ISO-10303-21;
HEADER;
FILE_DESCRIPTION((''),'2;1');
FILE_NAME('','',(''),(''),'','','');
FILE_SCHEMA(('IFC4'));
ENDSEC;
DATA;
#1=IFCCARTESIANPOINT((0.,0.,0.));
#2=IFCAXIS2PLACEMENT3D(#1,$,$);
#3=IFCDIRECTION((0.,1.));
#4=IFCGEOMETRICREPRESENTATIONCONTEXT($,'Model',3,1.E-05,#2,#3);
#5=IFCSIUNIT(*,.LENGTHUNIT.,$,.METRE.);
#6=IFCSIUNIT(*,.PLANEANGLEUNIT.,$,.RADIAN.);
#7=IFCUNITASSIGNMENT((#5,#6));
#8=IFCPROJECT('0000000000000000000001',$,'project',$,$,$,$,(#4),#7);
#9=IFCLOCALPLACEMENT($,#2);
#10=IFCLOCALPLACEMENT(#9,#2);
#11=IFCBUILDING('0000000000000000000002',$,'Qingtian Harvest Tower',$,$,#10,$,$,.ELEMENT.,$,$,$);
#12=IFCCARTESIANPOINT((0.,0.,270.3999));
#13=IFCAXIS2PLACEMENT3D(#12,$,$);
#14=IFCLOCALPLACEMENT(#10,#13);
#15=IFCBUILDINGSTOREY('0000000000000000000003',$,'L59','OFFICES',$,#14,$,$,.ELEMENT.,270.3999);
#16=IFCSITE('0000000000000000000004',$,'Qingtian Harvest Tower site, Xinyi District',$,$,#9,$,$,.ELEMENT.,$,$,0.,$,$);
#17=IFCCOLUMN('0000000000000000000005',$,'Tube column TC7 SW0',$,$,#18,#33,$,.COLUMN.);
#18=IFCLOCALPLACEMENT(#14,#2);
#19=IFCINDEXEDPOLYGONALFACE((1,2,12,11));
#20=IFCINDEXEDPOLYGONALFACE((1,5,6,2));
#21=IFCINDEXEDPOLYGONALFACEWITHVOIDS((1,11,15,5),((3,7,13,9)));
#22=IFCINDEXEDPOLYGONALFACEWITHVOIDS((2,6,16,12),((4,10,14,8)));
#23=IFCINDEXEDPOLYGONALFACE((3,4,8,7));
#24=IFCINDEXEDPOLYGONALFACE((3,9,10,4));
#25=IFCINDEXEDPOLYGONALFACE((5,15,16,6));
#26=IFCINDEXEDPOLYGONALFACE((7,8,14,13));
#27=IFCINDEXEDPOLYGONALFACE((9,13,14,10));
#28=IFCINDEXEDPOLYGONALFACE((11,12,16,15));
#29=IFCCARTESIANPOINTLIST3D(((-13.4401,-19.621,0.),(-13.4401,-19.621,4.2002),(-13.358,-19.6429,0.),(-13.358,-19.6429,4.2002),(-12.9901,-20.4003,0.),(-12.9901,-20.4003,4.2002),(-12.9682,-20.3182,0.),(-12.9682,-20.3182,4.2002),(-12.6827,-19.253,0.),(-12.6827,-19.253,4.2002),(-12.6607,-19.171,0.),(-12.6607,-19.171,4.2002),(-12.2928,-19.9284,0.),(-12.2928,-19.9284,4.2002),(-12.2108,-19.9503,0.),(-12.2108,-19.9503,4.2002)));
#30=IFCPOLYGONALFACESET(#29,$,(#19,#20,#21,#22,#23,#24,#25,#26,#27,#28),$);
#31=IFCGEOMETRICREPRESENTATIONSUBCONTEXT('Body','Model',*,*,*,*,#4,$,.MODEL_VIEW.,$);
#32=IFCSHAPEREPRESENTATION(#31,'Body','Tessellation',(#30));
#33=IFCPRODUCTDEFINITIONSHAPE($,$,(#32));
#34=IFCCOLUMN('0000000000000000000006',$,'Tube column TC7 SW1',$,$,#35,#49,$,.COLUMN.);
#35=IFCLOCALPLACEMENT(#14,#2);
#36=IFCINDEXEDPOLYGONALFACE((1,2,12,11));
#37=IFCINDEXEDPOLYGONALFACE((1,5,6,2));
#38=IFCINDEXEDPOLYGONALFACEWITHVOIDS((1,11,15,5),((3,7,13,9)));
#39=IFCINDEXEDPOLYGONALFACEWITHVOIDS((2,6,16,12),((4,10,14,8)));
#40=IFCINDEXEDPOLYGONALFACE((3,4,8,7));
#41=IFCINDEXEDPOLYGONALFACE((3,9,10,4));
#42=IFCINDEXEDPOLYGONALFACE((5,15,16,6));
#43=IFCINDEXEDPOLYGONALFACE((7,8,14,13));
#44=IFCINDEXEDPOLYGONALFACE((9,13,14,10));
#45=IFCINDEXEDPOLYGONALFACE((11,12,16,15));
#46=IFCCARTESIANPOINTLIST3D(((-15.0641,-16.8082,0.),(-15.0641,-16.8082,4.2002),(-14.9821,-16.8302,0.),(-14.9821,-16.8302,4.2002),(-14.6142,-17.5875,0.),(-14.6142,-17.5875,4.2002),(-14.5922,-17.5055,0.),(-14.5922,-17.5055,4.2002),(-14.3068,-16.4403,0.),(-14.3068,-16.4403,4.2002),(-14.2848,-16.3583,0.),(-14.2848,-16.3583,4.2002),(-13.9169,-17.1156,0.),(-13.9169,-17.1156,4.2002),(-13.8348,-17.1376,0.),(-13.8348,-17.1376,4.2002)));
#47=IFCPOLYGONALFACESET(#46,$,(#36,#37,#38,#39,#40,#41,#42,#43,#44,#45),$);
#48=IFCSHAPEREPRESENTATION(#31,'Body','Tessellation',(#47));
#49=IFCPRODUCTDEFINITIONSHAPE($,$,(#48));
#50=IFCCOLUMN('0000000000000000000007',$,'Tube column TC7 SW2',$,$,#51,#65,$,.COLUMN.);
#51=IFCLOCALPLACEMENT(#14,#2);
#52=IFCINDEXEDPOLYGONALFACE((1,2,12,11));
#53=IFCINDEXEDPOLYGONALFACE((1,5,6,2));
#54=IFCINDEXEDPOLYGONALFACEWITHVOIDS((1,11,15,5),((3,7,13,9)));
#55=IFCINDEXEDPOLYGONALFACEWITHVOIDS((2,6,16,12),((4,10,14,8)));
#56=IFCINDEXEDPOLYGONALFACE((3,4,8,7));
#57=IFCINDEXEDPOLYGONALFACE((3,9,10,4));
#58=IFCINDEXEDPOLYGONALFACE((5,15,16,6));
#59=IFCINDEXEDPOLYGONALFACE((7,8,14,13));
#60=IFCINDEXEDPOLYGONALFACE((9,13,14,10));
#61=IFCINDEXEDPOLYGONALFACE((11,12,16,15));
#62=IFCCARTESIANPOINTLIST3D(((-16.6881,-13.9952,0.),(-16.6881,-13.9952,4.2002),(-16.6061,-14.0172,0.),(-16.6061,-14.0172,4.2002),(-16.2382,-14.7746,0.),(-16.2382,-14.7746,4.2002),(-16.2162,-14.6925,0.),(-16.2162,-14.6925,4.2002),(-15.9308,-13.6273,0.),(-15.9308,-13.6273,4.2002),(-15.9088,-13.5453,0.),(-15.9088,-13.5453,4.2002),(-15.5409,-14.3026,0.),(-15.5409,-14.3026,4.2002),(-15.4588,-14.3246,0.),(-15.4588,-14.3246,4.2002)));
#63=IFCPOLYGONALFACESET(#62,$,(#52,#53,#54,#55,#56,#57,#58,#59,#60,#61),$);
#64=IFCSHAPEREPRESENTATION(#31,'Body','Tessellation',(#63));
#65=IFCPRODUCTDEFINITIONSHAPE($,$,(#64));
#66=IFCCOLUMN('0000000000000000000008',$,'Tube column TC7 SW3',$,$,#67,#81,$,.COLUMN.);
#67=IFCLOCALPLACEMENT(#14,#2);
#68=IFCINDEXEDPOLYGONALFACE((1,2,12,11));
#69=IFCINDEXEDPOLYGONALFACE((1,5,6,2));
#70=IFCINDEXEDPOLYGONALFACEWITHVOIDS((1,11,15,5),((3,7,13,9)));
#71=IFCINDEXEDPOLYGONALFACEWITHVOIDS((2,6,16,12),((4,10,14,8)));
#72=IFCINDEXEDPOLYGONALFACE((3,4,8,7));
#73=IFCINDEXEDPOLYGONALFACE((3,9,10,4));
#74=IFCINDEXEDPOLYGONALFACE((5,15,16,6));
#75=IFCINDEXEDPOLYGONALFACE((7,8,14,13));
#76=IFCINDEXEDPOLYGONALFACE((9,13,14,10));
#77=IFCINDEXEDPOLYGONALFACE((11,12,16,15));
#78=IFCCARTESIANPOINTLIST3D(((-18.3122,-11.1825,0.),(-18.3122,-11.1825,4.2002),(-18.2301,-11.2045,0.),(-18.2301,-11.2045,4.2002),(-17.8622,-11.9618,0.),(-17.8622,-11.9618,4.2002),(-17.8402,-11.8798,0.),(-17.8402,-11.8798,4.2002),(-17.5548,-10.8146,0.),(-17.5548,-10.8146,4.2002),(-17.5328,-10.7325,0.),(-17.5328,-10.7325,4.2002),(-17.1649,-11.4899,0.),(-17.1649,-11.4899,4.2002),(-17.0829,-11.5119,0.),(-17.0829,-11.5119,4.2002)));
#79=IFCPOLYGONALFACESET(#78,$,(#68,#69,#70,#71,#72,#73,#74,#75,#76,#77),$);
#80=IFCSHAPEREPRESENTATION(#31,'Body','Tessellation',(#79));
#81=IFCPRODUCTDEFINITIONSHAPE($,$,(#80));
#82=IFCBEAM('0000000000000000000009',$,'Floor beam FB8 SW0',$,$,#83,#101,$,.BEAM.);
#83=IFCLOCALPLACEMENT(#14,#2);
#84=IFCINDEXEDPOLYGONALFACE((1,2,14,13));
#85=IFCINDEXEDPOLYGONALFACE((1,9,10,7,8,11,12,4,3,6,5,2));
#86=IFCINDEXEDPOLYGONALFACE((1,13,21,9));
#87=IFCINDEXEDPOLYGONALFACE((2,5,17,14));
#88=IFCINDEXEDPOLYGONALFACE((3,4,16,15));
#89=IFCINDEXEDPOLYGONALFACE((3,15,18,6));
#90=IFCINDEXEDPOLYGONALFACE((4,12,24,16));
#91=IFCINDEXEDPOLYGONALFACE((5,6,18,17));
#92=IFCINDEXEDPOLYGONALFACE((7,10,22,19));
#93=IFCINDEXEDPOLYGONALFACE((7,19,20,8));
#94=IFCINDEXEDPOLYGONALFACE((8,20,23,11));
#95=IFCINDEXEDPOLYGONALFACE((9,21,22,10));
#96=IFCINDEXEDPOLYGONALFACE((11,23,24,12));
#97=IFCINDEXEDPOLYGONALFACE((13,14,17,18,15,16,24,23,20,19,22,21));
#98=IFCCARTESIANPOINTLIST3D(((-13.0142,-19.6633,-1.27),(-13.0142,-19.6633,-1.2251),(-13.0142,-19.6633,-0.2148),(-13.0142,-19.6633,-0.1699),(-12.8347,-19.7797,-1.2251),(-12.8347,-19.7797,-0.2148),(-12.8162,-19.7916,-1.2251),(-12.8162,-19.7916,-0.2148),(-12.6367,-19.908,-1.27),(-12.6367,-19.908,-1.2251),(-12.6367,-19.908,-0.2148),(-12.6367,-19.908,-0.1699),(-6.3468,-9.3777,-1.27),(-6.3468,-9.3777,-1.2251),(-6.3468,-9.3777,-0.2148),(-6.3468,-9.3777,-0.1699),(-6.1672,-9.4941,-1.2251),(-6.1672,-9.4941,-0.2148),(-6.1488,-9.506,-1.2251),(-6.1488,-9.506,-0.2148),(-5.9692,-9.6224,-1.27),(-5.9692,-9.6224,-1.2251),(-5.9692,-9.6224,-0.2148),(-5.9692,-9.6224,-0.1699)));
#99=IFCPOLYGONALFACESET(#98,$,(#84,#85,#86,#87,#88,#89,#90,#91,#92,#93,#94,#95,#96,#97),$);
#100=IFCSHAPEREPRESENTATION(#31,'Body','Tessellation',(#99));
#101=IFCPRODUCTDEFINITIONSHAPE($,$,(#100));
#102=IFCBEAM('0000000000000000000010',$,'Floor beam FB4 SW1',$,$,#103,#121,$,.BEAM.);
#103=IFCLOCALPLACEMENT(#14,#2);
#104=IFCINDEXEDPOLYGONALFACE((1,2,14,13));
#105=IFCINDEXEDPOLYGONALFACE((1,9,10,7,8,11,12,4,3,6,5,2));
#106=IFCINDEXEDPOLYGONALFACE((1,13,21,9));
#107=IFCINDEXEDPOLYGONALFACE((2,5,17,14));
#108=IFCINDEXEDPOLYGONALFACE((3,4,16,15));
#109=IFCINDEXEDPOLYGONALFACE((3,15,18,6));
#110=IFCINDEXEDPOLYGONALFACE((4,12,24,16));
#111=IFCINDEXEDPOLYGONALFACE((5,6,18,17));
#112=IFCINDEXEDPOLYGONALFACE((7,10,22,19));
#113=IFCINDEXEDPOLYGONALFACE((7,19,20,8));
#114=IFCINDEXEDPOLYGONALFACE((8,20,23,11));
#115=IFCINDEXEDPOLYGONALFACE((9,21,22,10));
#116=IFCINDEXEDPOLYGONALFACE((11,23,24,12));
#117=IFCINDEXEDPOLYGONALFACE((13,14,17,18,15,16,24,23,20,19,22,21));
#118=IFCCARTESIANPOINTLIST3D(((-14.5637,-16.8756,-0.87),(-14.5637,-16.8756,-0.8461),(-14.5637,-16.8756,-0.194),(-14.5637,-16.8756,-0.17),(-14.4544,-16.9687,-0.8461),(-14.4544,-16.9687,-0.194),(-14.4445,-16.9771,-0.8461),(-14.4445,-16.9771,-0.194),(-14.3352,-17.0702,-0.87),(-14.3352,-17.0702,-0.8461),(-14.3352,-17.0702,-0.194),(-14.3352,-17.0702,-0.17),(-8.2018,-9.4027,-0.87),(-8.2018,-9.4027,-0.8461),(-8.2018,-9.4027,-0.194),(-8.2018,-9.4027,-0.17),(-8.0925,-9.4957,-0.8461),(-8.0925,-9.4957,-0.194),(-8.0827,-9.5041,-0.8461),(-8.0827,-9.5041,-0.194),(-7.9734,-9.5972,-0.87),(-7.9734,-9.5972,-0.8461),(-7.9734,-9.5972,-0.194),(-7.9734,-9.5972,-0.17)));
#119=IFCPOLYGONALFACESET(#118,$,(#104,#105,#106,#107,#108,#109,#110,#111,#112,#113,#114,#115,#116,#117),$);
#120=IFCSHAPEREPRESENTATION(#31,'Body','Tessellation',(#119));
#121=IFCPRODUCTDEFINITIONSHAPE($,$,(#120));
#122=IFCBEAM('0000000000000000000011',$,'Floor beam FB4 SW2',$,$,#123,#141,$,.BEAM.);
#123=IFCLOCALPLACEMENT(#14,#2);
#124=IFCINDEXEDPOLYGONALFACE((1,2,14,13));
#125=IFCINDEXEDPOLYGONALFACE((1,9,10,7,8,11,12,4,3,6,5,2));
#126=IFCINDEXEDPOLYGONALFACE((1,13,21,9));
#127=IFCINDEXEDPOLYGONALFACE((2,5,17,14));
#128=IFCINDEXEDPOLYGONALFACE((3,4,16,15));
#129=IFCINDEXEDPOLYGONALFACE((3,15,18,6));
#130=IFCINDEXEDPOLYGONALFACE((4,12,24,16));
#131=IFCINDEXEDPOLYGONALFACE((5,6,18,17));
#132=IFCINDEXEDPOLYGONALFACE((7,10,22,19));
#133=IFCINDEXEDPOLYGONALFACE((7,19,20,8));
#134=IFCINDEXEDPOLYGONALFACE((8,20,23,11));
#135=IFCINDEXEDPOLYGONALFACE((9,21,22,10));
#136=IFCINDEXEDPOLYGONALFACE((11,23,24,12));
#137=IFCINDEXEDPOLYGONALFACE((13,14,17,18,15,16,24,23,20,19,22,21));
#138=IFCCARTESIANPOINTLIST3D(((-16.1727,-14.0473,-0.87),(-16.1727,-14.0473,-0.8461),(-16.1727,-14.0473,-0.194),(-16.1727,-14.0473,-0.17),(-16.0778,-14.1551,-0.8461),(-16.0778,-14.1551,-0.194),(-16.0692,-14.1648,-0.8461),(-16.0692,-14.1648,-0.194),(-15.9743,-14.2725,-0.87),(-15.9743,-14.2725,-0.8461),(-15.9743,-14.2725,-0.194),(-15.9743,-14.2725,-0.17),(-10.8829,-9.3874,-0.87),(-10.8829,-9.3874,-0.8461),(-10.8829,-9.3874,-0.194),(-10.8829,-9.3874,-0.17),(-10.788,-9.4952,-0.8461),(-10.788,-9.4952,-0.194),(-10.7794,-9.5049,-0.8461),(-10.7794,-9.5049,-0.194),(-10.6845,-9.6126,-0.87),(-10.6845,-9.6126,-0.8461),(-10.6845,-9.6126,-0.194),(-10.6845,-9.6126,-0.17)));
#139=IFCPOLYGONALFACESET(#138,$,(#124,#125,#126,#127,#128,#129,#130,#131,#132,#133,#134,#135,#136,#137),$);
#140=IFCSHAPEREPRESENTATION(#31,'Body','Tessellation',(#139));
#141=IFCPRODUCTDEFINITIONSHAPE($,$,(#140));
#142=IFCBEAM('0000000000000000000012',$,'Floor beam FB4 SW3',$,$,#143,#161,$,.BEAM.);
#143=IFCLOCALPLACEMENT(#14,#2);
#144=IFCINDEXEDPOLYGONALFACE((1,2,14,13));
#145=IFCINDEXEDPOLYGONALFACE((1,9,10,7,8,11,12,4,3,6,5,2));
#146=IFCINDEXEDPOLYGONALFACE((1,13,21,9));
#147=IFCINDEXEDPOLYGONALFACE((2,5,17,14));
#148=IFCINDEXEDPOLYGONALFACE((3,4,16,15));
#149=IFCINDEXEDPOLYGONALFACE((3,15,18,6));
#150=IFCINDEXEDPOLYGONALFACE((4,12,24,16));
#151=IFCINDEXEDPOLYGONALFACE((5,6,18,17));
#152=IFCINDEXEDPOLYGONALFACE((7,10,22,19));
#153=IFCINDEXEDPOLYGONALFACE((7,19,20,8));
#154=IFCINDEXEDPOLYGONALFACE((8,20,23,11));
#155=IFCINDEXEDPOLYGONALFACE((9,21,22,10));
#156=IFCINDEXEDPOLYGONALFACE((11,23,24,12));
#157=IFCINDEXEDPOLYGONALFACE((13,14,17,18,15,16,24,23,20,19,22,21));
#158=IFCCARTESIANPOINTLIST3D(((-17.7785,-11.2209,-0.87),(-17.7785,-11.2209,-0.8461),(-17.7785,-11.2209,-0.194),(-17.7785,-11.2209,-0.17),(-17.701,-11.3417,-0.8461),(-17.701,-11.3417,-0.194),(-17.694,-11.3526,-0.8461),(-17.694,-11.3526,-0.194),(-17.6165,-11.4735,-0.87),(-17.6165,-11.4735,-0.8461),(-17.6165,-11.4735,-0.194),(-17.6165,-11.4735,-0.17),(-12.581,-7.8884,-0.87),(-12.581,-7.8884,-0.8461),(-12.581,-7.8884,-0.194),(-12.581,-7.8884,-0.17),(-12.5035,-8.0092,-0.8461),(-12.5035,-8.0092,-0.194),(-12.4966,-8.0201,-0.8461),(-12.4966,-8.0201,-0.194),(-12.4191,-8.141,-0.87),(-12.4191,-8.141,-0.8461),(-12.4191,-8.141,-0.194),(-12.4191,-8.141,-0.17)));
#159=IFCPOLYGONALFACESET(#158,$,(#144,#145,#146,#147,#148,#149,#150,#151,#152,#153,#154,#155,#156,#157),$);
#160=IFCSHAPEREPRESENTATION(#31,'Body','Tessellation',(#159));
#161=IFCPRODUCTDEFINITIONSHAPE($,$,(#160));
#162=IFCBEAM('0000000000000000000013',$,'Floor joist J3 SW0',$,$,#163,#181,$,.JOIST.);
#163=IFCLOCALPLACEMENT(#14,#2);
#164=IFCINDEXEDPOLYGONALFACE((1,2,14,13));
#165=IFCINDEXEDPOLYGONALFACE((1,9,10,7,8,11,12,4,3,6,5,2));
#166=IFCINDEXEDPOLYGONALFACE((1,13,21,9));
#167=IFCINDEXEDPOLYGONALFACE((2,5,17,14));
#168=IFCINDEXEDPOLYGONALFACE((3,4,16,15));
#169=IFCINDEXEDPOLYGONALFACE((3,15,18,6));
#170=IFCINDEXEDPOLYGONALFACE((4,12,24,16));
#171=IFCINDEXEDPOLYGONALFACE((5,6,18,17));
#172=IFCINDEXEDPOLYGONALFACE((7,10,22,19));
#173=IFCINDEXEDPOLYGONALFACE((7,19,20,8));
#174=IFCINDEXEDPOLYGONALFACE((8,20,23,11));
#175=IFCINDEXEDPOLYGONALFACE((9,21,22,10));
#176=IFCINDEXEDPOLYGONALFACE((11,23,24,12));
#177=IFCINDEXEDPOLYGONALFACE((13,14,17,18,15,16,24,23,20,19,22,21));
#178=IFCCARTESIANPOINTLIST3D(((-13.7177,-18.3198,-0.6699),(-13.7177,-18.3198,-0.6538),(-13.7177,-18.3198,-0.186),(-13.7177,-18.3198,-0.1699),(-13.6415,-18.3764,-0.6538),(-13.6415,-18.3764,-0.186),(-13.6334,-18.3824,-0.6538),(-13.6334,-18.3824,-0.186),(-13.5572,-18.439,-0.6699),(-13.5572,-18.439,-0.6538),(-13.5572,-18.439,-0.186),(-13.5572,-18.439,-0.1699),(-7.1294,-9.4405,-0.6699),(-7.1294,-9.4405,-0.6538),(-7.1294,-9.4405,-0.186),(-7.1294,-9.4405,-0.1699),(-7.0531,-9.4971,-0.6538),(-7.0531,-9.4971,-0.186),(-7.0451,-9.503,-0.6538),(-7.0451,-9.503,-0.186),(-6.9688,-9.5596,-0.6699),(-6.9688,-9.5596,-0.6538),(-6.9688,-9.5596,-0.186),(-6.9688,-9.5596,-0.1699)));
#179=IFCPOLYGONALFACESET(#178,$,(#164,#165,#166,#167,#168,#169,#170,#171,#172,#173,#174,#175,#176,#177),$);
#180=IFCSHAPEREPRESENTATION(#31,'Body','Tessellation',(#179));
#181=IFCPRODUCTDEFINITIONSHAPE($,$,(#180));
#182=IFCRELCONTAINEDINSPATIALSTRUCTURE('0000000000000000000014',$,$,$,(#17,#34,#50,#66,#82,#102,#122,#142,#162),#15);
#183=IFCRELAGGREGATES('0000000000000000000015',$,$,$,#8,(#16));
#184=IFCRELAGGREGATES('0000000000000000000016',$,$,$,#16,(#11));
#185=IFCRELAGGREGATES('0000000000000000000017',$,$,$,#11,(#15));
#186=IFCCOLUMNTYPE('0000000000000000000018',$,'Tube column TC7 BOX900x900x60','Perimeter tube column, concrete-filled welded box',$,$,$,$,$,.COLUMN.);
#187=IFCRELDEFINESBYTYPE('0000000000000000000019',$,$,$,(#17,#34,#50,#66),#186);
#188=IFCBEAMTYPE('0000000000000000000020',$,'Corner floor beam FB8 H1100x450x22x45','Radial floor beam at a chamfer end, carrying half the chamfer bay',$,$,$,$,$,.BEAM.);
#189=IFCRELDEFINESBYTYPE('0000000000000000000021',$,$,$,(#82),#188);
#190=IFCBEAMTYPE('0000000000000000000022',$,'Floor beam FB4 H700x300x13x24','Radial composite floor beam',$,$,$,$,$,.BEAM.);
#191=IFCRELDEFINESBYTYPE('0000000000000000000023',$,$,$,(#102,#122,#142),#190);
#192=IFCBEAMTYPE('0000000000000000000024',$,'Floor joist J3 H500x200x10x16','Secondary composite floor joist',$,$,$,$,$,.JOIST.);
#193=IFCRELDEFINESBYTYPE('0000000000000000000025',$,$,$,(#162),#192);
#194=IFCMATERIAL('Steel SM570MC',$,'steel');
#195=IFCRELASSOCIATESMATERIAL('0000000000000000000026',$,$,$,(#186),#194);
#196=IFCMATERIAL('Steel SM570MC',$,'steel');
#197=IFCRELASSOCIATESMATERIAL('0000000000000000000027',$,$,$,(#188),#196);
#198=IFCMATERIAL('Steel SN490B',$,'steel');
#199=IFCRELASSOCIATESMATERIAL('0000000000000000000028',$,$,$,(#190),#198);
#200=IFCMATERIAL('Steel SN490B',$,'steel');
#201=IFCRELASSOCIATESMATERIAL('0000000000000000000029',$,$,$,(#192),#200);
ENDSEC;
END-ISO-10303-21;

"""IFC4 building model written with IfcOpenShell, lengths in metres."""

from ifc_helpers import new_model, si_unit, direction, frame, origin, origin_2d, place, context, subcontext, project, spatial, hollow_rectangle, i_section, extrude, material, material_profile, profile_set, type_object, element, save


model = new_model("IFC4")

# Units and contexts
model_context = context("Model", 3, precision=1e-05, world=origin(), true_north=direction((0.0, 1.0)))
body_context = subcontext(model_context, "Body", "Model", "MODEL_VIEW")
ifc_project = project(units=[si_unit("LENGTHUNIT", "METRE"), si_unit("PLANEANGLEUNIT", "RADIAN")], contexts=[model_context])

# Site, building, storey
site_placement = place(None, origin())
site = spatial("IfcSite", under=ifc_project, at=site_placement, Name="Qingtian Harvest Tower site, Xinyi District", CompositionType="ELEMENT", RefElevation=0.0)
building_placement = place(site_placement, origin())
building = spatial("IfcBuilding", under=site, at=building_placement, Name="Qingtian Harvest Tower", CompositionType="ELEMENT")
storey_placement = place(building_placement, frame((0.0, 0.0, 270.3999)))
storey = spatial("IfcBuildingStorey", under=building, at=storey_placement, Name="L59", Description="OFFICES", CompositionType="ELEMENT", Elevation=270.3999)

# Columns
ifc_material_1 = material(Name="Steel SM570MC", Category="steel")
ifc_material_profile_1 = material_profile(ifc_material_1, hollow_rectangle(XDim=0.8999, YDim=0.8999, WallThickness=0.0601, at=origin_2d()), Name="BOX900x900x60")
ifc_profile_set_1 = profile_set([ifc_material_profile_1], Name="Steel SM570MC")
column_type = type_object("IfcColumnType", Name="Tube column TC7 BOX900x900x60", Description="Perimeter tube column, concrete-filled welded box", PredefinedType="COLUMN", material=ifc_profile_set_1)
for number, where, z_axis, x_axis, name in (
    (1, (-12.8254, -19.7856, 0.0), (0.0, 0.0, 1.0), (0.5, -0.866025, 0.0), "Tube column TC7 SW0"),
    (2, (-14.4495, -16.9729, 0.0), (0.0, 0.0, 1.0), (0.5, -0.866025, 0.0), "Tube column TC7 SW1"),
    (3, (-16.0735, -14.1599, 0.0), (0.0, 0.0, 1.0), (0.5, -0.866025, 0.0), "Tube column TC7 SW2"),
    (4, (-17.6975, -11.3472, 0.0), (0.0, 0.0, 1.0), (0.5, -0.866025, 0.0), "Tube column TC7 SW3"),
):
    element("IfcColumn", number, at=place(storey_placement, frame(where, z_axis=z_axis, x_axis=x_axis)), inside=storey, type_object=column_type, Name=name, PredefinedType="COLUMN", context=body_context, shape_type="SweptSolid", body=[
        extrude(hollow_rectangle(XDim=0.8999, YDim=0.8999, WallThickness=0.0601, at=origin_2d()), origin(), (0.0, 0.0, 1.0), 4.2002),
    ])

# Beams
ifc_material_2 = material(Name="Steel SM570MC", Category="steel")
ifc_material_profile_2 = material_profile(ifc_material_2, i_section(OverallWidth=0.45, OverallDepth=1.1001, WebThickness=0.022, FlangeThickness=0.0449, at=origin_2d()), Name="H1100x450x22x45")
ifc_profile_set_2 = profile_set([ifc_material_profile_2], Name="Steel SM570MC")
beam_type_1 = type_object("IfcBeamType", Name="Corner floor beam FB8 H1100x450x22x45", Description="Radial floor beam at a chamfer end, carrying half the chamfer bay", PredefinedType="BEAM", material=ifc_profile_set_2)
beam_1_placement = place(storey_placement, frame((-12.8254, -19.7856, -0.72), z_axis=(0.543945, 0.839121, 0.0), x_axis=(-0.839121, 0.543945, 0.0)))
element("IfcBeam", 5, at=beam_1_placement, inside=storey, type_object=beam_type_1, Name="Floor beam FB8 SW0", PredefinedType="BEAM", context=body_context, shape_type="SweptSolid", body=[
    extrude(i_section(OverallWidth=0.45, OverallDepth=1.1001, WebThickness=0.022, FlangeThickness=0.0449, at=origin_2d()), origin(), (0.0, 0.0, 1.0), 12.2576),
])
ifc_material_3 = material(Name="Steel SN490B", Category="steel")
ifc_material_profile_3 = material_profile(ifc_material_3, i_section(OverallWidth=0.3, OverallDepth=0.7, WebThickness=0.0129, FlangeThickness=0.0239, at=origin_2d()), Name="H700x300x13x24")
ifc_profile_set_3 = profile_set([ifc_material_profile_3], Name="Steel SN490B")
beam_type_2 = type_object("IfcBeamType", Name="Floor beam FB4 H700x300x13x24", Description="Radial composite floor beam", PredefinedType="BEAM", material=ifc_profile_set_3)
beam_2_placement = place(storey_placement, frame((-14.4495, -16.9729, -0.52), z_axis=(0.648231, 0.761444, 0.0), x_axis=(-0.761444, 0.648231, 0.0)))
element("IfcBeam", 6, at=beam_2_placement, inside=storey, type_object=beam_type_2, Name="Floor beam FB4 SW1", PredefinedType="BEAM", context=body_context, shape_type="SweptSolid", body=[
    extrude(i_section(OverallWidth=0.3, OverallDepth=0.7, WebThickness=0.0129, FlangeThickness=0.0239, at=origin_2d()), origin(), (0.0, 0.0, 1.0), 9.8142),
])
beam_3_placement = place(storey_placement, frame((-16.0735, -14.1599, -0.52), z_axis=(0.750369, 0.661019, 0.0), x_axis=(-0.661019, 0.750369, 0.0)))
element("IfcBeam", 7, at=beam_3_placement, inside=storey, type_object=beam_type_2, Name="Floor beam FB4 SW2", PredefinedType="BEAM", context=body_context, shape_type="SweptSolid", body=[
    extrude(i_section(OverallWidth=0.3, OverallDepth=0.7, WebThickness=0.0129, FlangeThickness=0.0239, at=origin_2d()), origin(), (0.0, 0.0, 1.0), 7.0496),
])
beam_4_placement = place(storey_placement, frame((-17.6975, -11.3472, -0.52), z_axis=(0.841822, 0.539756, 0.0), x_axis=(-0.539756, 0.841822, 0.0)))
element("IfcBeam", 8, at=beam_4_placement, inside=storey, type_object=beam_type_2, Name="Floor beam FB4 SW3", PredefinedType="BEAM", context=body_context, shape_type="SweptSolid", body=[
    extrude(i_section(OverallWidth=0.3, OverallDepth=0.7, WebThickness=0.0129, FlangeThickness=0.0239, at=origin_2d()), origin(), (0.0, 0.0, 1.0), 6.1741),
])
ifc_material_4 = material(Name="Steel SN490B", Category="steel")
ifc_material_profile_4 = material_profile(ifc_material_4, i_section(OverallWidth=0.2, OverallDepth=0.5, WebThickness=0.01, FlangeThickness=0.0161, at=origin_2d()), Name="H500x200x10x16")
ifc_profile_set_4 = profile_set([ifc_material_profile_4], Name="Steel SN490B")
beam_type_3 = type_object("IfcBeamType", Name="Floor joist J3 H500x200x10x16", Description="Secondary composite floor joist", PredefinedType="JOIST", material=ifc_profile_set_4)
beam_5_placement = place(storey_placement, frame((-13.6375, -18.3794, -0.4199), z_axis=(0.595873, 0.803079, 0.0), x_axis=(-0.803079, 0.595873, 0.0)))
element("IfcBeam", 9, at=beam_5_placement, inside=storey, type_object=beam_type_3, Name="Floor joist J3 SW0", PredefinedType="JOIST", context=body_context, shape_type="SweptSolid", body=[
    extrude(i_section(OverallWidth=0.2, OverallDepth=0.5, WebThickness=0.01, FlangeThickness=0.0161, at=origin_2d()), origin(), (0.0, 0.0, 1.0), 11.0566),
])

save(model, "model.ifc")
